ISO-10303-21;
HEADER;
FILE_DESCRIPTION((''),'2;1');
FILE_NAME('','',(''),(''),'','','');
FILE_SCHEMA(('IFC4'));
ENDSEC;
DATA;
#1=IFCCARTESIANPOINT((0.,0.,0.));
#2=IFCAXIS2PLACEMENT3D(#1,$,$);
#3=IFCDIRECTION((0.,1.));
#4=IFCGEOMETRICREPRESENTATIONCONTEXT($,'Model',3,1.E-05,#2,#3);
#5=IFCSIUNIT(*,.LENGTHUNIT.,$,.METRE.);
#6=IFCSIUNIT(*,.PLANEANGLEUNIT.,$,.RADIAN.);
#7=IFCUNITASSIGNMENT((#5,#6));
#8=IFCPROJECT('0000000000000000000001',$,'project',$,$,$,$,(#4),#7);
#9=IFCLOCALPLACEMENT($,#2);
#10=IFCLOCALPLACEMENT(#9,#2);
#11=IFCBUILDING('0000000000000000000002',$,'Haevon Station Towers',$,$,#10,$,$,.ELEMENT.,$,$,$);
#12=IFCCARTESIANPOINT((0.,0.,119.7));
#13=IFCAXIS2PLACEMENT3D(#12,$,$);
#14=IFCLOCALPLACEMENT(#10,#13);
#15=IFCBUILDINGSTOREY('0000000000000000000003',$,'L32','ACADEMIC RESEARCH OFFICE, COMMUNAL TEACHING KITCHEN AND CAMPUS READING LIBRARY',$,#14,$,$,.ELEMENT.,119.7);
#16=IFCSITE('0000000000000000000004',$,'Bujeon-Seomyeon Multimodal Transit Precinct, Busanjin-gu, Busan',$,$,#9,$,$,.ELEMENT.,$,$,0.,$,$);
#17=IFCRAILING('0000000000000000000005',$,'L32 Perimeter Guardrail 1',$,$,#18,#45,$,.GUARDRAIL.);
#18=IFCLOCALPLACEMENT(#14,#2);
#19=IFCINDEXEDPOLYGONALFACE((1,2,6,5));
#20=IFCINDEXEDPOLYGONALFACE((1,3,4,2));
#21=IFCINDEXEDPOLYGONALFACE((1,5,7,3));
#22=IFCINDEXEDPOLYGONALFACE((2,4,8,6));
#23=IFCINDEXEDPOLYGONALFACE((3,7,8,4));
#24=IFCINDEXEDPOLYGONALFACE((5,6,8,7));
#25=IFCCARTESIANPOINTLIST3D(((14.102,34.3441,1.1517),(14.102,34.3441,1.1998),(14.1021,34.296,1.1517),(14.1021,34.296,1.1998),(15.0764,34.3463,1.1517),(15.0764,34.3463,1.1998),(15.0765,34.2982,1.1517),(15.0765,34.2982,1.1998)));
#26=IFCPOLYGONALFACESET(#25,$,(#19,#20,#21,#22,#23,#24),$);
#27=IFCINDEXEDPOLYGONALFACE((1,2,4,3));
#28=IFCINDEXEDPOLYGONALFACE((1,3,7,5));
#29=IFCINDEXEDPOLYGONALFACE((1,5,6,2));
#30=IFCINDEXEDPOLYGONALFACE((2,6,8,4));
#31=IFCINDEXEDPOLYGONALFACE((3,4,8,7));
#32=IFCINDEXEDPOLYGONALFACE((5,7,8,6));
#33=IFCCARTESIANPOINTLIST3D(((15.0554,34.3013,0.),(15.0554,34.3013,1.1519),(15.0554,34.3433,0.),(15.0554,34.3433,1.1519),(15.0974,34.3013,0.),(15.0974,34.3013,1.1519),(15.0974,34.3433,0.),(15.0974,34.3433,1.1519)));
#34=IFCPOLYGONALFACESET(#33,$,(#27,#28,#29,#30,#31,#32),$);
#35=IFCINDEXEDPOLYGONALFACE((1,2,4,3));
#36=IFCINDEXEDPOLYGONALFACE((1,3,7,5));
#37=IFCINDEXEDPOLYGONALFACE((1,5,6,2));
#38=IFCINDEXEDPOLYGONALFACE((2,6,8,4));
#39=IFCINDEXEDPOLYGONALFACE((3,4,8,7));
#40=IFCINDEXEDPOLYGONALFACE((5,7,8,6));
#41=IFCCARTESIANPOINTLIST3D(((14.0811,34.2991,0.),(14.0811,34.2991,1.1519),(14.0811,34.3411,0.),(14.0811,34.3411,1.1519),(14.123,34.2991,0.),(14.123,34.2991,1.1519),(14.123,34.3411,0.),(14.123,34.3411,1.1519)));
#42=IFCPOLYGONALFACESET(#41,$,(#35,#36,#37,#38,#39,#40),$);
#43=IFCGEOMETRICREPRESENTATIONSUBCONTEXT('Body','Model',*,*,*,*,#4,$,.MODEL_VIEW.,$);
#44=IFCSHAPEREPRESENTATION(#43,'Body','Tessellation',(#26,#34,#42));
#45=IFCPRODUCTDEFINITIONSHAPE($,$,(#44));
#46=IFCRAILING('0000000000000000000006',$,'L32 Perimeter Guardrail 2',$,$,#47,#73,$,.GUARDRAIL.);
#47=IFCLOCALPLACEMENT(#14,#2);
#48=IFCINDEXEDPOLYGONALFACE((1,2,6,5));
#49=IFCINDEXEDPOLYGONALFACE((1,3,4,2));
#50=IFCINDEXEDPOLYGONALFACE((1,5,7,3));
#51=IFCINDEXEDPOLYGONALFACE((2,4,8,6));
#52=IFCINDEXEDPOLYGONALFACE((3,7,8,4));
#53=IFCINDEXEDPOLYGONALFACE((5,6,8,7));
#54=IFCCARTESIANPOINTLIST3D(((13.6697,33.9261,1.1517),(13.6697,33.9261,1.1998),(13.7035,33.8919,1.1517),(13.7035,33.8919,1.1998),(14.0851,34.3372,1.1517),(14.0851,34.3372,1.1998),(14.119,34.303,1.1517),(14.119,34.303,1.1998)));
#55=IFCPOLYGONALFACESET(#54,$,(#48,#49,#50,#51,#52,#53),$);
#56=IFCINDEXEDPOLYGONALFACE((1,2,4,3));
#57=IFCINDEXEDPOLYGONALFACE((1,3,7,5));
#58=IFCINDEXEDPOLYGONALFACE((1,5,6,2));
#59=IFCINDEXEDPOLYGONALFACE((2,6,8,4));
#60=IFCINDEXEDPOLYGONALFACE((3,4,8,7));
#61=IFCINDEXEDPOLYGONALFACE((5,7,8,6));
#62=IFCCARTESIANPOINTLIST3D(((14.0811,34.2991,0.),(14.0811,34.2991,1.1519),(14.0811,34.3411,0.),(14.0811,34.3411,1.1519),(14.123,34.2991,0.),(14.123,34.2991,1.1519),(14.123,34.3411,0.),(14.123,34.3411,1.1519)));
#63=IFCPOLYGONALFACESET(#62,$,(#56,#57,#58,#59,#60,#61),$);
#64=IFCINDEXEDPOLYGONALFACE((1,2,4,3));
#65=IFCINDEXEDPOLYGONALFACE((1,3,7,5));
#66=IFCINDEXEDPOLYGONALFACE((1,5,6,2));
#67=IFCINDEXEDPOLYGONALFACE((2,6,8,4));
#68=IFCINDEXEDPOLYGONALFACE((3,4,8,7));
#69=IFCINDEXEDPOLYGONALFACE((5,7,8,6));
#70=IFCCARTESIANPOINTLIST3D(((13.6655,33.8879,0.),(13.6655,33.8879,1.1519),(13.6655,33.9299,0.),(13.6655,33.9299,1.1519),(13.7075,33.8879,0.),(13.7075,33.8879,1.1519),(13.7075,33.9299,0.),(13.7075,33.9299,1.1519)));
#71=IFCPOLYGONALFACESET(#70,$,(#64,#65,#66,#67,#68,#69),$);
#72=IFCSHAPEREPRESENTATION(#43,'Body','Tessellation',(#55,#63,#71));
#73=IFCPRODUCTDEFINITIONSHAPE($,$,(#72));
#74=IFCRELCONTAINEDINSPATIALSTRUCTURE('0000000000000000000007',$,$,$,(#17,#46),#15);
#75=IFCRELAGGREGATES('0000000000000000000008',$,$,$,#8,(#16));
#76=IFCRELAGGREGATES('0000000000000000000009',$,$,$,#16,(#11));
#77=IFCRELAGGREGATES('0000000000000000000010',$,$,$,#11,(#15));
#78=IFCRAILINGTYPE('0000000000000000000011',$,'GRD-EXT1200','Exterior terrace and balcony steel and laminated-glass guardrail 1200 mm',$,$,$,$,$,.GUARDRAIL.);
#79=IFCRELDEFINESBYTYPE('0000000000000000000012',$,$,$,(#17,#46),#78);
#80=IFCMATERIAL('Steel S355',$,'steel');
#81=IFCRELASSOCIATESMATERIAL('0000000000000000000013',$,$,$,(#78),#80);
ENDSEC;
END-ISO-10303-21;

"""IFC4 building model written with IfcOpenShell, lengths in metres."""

from ifc_helpers import new_model, si_unit, direction, frame, origin, origin_2d, place, context, subcontext, project, spatial, rectangle, extrude, material, type_object, element, save


model = new_model("IFC4")

# Units and contexts
model_context = context("Model", 3, precision=1e-05, world=origin(), true_north=direction((0.0, 1.0)))
body_context = subcontext(model_context, "Body", "Model", "MODEL_VIEW")
ifc_project = project(units=[si_unit("LENGTHUNIT", "METRE"), si_unit("PLANEANGLEUNIT", "RADIAN")], contexts=[model_context])

# Site, building, storey
site_placement = place(None, origin())
site = spatial("IfcSite", under=ifc_project, at=site_placement, Name="Bujeon-Seomyeon Multimodal Transit Precinct, Busanjin-gu, Busan", CompositionType="ELEMENT", RefElevation=0.0)
building_placement = place(site_placement, origin())
building = spatial("IfcBuilding", under=site, at=building_placement, Name="Haevon Station Towers", CompositionType="ELEMENT")
storey_placement = place(building_placement, frame((0.0, 0.0, 119.7)))
storey = spatial("IfcBuildingStorey", under=building, at=storey_placement, Name="L32", Description="ACADEMIC RESEARCH OFFICE, COMMUNAL TEACHING KITCHEN AND CAMPUS READING LIBRARY", CompositionType="ELEMENT", Elevation=119.7)

# Shared definitions
ifc_material_1 = material(Name="Steel S355", Category="steel")

# Railings
railing_type = type_object("IfcRailingType", Name="GRD-EXT1200", Description="Exterior terrace and balcony steel and laminated-glass guardrail 1200 mm", PredefinedType="GUARDRAIL", material=ifc_material_1)
railing_1_placement = place(storey_placement, frame((15.0764, 34.3223, 0.0)))
element("IfcRailing", 1, at=railing_1_placement, inside=storey, type_object=railing_type, Name="L32 Perimeter Guardrail 1", PredefinedType="GUARDRAIL", context=body_context, shape_type="SweptSolid", body=[
    extrude(rectangle(XDim=0.0481, YDim=0.0481, at=origin_2d()), frame((0.0, 0.0, 1.1758), z_axis=(-0.999997, -0.002255, 0.0), x_axis=(0.002255, -0.999997, 0.0)), (0.0, 0.0, 1.0), 0.9744),
    extrude(rectangle(XDim=0.042, YDim=0.042, at=origin_2d()), origin(), (0.0, 0.0, 1.0), 1.1519),
    extrude(rectangle(XDim=0.042, YDim=0.042, at=origin_2d()), frame((-0.9744, -0.0022, 0.0)), (0.0, 0.0, 1.0), 1.1519),
])
railing_2_placement = place(storey_placement, frame((14.1021, 34.3201, 0.0)))
element("IfcRailing", 2, at=railing_2_placement, inside=storey, type_object=railing_type, Name="L32 Perimeter Guardrail 2", PredefinedType="GUARDRAIL", context=body_context, shape_type="SweptSolid", body=[
    extrude(rectangle(XDim=0.0481, YDim=0.0481, at=origin_2d()), frame((0.0, 0.0, 1.1758), z_axis=(-0.710856, -0.703338, 0.0), x_axis=(0.703338, -0.710856, 0.0)), (0.0, 0.0, 1.0), 0.5845),
    extrude(rectangle(XDim=0.042, YDim=0.042, at=origin_2d()), origin(), (0.0, 0.0, 1.0), 1.1519),
    extrude(rectangle(XDim=0.042, YDim=0.042, at=origin_2d()), frame((-0.4155, -0.4111, 0.0)), (0.0, 0.0, 1.0), 1.1519),
])

save(model, "model.ifc")
